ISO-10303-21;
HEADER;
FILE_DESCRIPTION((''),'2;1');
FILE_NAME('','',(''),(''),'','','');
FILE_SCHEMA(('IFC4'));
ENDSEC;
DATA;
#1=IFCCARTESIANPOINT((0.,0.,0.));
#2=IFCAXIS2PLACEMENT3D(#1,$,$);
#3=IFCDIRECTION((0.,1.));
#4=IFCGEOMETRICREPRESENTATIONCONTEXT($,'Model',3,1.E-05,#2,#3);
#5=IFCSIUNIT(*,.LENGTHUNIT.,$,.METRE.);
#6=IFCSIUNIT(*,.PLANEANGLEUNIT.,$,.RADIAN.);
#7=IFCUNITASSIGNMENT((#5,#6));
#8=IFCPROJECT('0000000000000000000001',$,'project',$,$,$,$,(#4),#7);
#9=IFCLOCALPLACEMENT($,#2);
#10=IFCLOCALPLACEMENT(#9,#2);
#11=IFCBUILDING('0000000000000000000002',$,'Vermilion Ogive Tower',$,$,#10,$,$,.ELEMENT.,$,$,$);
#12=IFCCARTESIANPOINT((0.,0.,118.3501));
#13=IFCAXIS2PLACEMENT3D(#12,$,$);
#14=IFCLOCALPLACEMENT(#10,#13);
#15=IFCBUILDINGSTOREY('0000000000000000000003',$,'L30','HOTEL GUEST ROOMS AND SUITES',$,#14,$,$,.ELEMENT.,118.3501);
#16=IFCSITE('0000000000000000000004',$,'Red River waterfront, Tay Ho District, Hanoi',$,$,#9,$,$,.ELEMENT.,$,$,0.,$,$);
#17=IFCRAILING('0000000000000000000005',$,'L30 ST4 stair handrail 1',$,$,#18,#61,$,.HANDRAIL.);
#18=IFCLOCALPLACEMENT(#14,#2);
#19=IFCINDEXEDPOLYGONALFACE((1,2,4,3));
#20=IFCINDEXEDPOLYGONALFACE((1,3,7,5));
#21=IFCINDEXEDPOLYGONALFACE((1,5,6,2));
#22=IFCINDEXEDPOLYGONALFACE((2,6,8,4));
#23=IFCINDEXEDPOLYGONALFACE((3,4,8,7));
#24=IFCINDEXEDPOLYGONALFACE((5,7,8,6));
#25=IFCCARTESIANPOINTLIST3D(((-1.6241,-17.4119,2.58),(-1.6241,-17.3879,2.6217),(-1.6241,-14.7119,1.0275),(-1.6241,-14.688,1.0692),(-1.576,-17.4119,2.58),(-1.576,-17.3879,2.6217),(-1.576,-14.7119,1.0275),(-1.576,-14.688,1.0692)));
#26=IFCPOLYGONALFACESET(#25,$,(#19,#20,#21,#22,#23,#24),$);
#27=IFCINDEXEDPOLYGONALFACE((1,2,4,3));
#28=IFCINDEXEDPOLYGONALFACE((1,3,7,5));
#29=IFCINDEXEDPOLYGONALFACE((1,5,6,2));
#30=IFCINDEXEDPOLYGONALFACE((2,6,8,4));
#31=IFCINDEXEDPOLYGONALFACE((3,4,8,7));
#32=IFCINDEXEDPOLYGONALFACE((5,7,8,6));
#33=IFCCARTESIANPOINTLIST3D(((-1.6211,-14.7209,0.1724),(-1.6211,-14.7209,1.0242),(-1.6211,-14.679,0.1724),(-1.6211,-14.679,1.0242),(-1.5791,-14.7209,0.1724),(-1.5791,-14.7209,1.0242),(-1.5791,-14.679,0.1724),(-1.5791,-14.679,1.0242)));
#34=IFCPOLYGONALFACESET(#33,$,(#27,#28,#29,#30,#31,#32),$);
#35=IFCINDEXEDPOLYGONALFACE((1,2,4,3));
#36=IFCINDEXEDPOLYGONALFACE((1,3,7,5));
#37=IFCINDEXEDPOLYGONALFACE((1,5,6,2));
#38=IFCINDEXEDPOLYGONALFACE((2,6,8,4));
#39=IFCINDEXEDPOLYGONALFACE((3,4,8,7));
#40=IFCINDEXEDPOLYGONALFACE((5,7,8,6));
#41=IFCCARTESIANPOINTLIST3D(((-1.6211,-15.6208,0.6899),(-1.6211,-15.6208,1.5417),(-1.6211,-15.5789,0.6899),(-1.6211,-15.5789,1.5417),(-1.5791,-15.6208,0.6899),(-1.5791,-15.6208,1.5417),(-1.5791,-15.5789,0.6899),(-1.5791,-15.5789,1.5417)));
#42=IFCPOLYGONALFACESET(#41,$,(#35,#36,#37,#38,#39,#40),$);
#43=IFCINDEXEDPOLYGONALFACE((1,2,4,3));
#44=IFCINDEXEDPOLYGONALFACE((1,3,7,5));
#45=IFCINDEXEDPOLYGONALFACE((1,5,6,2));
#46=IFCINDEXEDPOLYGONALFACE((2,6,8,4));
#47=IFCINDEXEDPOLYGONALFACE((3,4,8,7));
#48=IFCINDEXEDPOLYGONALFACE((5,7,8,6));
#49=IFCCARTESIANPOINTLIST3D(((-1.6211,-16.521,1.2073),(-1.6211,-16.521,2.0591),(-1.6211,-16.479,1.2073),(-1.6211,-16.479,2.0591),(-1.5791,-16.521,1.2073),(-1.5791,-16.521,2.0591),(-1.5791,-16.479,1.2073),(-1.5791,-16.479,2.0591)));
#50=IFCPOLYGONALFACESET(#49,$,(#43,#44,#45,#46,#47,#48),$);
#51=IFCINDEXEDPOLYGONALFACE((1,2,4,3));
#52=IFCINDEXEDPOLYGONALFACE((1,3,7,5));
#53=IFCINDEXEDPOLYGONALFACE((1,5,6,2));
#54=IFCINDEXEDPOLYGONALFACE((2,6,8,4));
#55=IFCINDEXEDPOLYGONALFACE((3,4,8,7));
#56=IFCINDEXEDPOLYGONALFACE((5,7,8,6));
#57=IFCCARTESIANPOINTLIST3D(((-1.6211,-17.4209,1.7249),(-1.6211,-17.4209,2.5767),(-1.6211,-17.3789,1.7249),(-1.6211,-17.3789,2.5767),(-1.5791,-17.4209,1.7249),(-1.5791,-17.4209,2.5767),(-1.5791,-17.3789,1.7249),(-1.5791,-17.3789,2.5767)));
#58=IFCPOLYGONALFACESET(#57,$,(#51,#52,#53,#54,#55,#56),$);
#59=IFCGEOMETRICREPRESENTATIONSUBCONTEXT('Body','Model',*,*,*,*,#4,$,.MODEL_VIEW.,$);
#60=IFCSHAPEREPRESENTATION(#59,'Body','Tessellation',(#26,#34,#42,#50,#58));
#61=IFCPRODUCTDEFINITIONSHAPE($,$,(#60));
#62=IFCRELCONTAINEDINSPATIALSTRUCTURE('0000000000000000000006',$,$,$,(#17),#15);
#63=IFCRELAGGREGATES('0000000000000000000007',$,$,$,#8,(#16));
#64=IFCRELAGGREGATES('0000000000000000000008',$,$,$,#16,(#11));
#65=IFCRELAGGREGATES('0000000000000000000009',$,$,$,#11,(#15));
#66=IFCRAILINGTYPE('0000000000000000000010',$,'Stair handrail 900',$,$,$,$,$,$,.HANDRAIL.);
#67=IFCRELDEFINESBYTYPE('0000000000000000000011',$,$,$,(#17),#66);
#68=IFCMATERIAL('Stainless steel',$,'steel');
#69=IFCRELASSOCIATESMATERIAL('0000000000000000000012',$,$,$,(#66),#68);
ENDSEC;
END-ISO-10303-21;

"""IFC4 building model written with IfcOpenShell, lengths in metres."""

from ifc_helpers import new_model, si_unit, direction, frame, origin, origin_2d, place, context, subcontext, project, spatial, rectangle, extrude, material, type_object, element, save


model = new_model("IFC4")

# Units and contexts
model_context = context("Model", 3, precision=1e-05, world=origin(), true_north=direction((0.0, 1.0)))
body_context = subcontext(model_context, "Body", "Model", "MODEL_VIEW")
ifc_project = project(units=[si_unit("LENGTHUNIT", "METRE"), si_unit("PLANEANGLEUNIT", "RADIAN")], contexts=[model_context])

# Site, building, storey
site_placement = place(None, origin())
site = spatial("IfcSite", under=ifc_project, at=site_placement, Name="Red River waterfront, Tay Ho District, Hanoi", CompositionType="ELEMENT", RefElevation=0.0)
building_placement = place(site_placement, origin())
building = spatial("IfcBuilding", under=site, at=building_placement, Name="Vermilion Ogive Tower", CompositionType="ELEMENT")
storey_placement = place(building_placement, frame((0.0, 0.0, 118.3501)))
storey = spatial("IfcBuildingStorey", under=building, at=storey_placement, Name="L30", Description="HOTEL GUEST ROOMS AND SUITES", CompositionType="ELEMENT", Elevation=118.3501)

# Railing
ifc_material_1 = material(Name="Stainless steel", Category="steel")
railing_type_1 = type_object("IfcRailingType", Name="Stair handrail 900", PredefinedType="HANDRAIL", material=ifc_material_1)
railing_1_placement = place(storey_placement, frame((-1.6001, -14.7, 0.1724)))
element("IfcRailing", 1, at=railing_1_placement, inside=storey, type_object=railing_type_1, Name="L30 ST4 stair handrail 1", PredefinedType="HANDRAIL", context=body_context, shape_type="SweptSolid", body=[
    extrude(rectangle(XDim=0.0481, YDim=0.0481, at=origin_2d()), frame((0.0, 0.0, 0.876), z_axis=(0.0, -0.866904, 0.498476), x_axis=(1.0, 0.0, 0.0)), (0.0, 0.0, 1.0), 3.1145),
    extrude(rectangle(XDim=0.042, YDim=0.042, at=origin_2d()), origin(), (0.0, 0.0, 1.0), 0.8518),
    extrude(rectangle(XDim=0.042, YDim=0.042, at=origin_2d()), frame((0.0, -0.8999, 0.5176)), (0.0, 0.0, 1.0), 0.8518),
    extrude(rectangle(XDim=0.042, YDim=0.042, at=origin_2d()), frame((0.0, -1.8, 1.0349)), (0.0, 0.0, 1.0), 0.8518),
    extrude(rectangle(XDim=0.042, YDim=0.042, at=origin_2d()), frame((0.0, -2.7, 1.5525)), (0.0, 0.0, 1.0), 0.8518),
])

save(model, "model.ifc")
